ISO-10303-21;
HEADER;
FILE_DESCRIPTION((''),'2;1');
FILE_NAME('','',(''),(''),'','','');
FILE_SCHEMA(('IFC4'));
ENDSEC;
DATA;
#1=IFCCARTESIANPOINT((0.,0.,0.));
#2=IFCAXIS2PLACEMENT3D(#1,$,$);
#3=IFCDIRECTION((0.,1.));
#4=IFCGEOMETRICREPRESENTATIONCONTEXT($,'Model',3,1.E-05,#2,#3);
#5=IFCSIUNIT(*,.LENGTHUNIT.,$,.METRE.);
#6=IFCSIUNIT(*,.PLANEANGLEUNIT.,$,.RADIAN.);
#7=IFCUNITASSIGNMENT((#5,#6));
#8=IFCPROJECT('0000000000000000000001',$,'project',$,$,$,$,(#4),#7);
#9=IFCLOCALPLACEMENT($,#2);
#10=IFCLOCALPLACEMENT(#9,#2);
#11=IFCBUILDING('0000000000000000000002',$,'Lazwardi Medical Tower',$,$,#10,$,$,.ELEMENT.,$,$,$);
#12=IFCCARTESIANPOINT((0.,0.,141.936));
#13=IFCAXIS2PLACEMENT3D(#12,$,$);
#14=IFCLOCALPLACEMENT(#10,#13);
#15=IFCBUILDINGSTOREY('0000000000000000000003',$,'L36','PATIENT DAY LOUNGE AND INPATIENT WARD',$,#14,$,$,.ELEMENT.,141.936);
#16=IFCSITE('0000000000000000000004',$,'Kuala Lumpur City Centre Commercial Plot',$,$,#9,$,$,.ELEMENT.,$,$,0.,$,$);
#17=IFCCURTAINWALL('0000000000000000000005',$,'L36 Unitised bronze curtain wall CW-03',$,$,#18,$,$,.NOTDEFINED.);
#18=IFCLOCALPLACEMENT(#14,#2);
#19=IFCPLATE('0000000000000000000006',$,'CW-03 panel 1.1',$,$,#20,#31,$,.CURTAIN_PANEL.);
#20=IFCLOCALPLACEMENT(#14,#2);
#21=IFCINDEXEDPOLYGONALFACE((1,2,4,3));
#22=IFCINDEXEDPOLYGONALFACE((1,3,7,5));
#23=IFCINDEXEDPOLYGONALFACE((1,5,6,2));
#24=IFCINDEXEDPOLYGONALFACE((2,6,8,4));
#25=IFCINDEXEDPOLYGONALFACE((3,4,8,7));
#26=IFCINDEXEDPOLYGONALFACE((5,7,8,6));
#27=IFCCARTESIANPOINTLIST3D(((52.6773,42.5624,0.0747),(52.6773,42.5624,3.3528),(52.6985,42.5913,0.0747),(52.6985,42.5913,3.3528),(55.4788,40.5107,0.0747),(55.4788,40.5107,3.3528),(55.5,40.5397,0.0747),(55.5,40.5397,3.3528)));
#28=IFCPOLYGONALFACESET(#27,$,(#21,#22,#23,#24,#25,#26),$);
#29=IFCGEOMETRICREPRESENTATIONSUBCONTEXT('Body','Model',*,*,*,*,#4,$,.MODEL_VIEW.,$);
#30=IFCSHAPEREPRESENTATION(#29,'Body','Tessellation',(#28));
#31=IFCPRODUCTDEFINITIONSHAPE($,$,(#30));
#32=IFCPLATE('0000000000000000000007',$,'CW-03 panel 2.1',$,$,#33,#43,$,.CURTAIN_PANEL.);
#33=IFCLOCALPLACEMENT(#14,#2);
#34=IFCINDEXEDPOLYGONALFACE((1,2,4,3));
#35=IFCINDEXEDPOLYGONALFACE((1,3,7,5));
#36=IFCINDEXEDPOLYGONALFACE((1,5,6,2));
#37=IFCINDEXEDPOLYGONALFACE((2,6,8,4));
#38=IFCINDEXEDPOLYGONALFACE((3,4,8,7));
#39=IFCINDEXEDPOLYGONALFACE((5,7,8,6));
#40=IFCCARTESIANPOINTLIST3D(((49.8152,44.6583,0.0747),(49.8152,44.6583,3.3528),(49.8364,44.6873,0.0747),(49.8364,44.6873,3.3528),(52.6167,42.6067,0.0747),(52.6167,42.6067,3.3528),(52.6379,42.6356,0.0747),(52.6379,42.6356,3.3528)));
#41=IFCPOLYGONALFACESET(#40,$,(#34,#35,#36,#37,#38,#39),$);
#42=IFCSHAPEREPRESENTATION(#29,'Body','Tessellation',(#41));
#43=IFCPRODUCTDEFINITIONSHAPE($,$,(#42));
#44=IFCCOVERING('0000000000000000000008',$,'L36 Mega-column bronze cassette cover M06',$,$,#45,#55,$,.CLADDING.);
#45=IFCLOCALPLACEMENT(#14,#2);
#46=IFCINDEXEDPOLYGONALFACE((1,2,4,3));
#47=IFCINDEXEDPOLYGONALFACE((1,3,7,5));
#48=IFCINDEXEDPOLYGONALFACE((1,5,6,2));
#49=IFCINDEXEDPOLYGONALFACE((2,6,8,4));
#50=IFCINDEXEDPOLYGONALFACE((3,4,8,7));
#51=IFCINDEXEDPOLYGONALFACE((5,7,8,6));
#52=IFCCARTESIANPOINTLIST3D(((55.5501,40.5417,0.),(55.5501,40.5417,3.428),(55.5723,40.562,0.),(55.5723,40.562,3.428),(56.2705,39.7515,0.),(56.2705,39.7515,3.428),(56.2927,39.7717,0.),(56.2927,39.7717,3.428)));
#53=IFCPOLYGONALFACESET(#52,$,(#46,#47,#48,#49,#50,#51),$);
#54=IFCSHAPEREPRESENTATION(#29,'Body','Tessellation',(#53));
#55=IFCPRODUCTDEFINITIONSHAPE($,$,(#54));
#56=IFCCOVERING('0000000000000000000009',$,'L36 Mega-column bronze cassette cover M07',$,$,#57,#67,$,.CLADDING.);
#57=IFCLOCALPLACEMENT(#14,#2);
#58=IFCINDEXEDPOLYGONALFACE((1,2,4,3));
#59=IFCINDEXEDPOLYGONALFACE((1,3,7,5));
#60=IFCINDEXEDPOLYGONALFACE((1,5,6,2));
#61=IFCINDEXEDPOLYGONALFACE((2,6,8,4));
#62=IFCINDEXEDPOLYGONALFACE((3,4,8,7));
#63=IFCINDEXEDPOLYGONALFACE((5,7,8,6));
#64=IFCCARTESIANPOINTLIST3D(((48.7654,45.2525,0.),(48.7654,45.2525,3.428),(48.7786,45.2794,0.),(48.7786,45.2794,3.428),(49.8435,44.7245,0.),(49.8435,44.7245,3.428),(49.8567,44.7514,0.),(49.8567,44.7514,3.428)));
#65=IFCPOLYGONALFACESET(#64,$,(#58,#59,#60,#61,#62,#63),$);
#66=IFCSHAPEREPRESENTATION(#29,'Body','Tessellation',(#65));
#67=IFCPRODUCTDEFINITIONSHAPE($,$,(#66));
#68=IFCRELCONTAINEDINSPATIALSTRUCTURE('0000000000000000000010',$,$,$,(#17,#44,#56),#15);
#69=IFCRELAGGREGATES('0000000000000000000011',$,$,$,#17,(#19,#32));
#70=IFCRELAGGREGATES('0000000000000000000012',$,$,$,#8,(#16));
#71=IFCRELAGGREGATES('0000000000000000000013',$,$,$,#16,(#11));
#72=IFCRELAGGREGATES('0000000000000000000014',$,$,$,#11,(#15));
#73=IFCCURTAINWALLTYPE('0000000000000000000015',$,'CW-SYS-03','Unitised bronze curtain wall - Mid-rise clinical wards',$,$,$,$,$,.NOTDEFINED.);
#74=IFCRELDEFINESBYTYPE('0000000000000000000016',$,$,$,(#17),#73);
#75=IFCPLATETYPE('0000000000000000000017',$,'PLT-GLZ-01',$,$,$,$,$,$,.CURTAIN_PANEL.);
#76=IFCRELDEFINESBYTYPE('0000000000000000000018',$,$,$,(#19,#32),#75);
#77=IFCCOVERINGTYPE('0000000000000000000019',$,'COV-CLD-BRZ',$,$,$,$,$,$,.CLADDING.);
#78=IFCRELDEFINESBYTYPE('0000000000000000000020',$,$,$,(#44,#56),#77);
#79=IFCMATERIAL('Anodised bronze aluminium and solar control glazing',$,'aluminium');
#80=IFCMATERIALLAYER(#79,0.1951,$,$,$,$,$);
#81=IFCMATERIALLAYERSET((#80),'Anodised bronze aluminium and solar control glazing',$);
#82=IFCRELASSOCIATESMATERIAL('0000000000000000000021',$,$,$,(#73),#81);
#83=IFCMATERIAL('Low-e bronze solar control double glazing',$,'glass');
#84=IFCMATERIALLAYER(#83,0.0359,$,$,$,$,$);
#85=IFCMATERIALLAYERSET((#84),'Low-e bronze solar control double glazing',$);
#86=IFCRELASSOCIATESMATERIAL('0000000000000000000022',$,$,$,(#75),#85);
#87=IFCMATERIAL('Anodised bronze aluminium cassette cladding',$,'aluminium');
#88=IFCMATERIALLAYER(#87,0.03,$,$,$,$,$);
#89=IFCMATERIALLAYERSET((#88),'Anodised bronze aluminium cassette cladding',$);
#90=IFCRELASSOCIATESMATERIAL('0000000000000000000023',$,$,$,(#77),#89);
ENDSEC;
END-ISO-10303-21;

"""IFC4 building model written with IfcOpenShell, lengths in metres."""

from ifc_helpers import new_model, si_unit, direction, frame, origin, origin_2d, place, context, subcontext, project, spatial, rectangle, extrude, material, layer, layer_set, type_object, element, aggregate, save


model = new_model("IFC4")

# Units and contexts
model_context = context("Model", 3, precision=1e-05, world=origin(), true_north=direction((0.0, 1.0)))
body_context = subcontext(model_context, "Body", "Model", "MODEL_VIEW")
ifc_project = project(units=[si_unit("LENGTHUNIT", "METRE"), si_unit("PLANEANGLEUNIT", "RADIAN")], contexts=[model_context])

# Site, building, storey
site_placement = place(None, origin())
site = spatial("IfcSite", under=ifc_project, at=site_placement, Name="Kuala Lumpur City Centre Commercial Plot", CompositionType="ELEMENT", RefElevation=0.0)
building_placement = place(site_placement, origin())
building = spatial("IfcBuilding", under=site, at=building_placement, Name="Lazwardi Medical Tower", CompositionType="ELEMENT")
storey_placement = place(building_placement, frame((0.0, 0.0, 141.936)))
storey = spatial("IfcBuildingStorey", under=building, at=storey_placement, Name="L36", Description="PATIENT DAY LOUNGE AND INPATIENT WARD", CompositionType="ELEMENT", Elevation=141.936)

# Shared definitions
ifc_material_1 = material(Name="Anodised bronze aluminium and solar control glazing", Category="aluminium")
ifc_layer_1 = layer(ifc_material_1, 0.1951)
ifc_layer_set_1 = layer_set([ifc_layer_1], Name="Anodised bronze aluminium and solar control glazing")
curtain_wall_type = type_object("IfcCurtainWallType", Name="CW-SYS-03", Description="Unitised bronze curtain wall - Mid-rise clinical wards", PredefinedType="NOTDEFINED", material=ifc_layer_set_1)

# Curtain wall
curtain_wall_1_placement = place(storey_placement, origin())
curtain_wall_1 = element("IfcCurtainWall", 1, at=curtain_wall_1_placement, inside=storey, type_object=curtain_wall_type, Name="L36 Unitised bronze curtain wall CW-03", PredefinedType="NOTDEFINED")

# Plates
ifc_material_2 = material(Name="Low-e bronze solar control double glazing", Category="glass")
ifc_layer_2 = layer(ifc_material_2, 0.0359)
ifc_layer_set_2 = layer_set([ifc_layer_2], Name="Low-e bronze solar control double glazing")
plate_type = type_object("IfcPlateType", Name="PLT-GLZ-01", PredefinedType="CURTAIN_PANEL", material=ifc_layer_set_2)
plate_1_placement = place(storey_placement, frame((54.0886, 41.551, 0.0747), z_axis=(0.0, 0.0, 1.0), x_axis=(-0.806793, 0.590834, 0.0)))
plate_1 = element("IfcPlate", 2, at=plate_1_placement, type_object=plate_type, Name="CW-03 panel 1.1", PredefinedType="CURTAIN_PANEL", context=body_context, shape_type="SweptSolid", body=[
    extrude(rectangle(XDim=3.4724, YDim=0.0359, at=origin_2d()), origin(), (0.0, 0.0, 1.0), 3.2781),
])
plate_2_placement = place(storey_placement, frame((51.2266, 43.647, 0.0747), z_axis=(0.0, 0.0, 1.0), x_axis=(-0.806793, 0.590834, 0.0)))
plate_2 = element("IfcPlate", 3, at=plate_2_placement, type_object=plate_type, Name="CW-03 panel 2.1", PredefinedType="CURTAIN_PANEL", context=body_context, shape_type="SweptSolid", body=[
    extrude(rectangle(XDim=3.4724, YDim=0.0359, at=origin_2d()), origin(), (0.0, 0.0, 1.0), 3.2781),
])
aggregate(curtain_wall_1, [plate_1, plate_2])

# Coverings
ifc_material_3 = material(Name="Anodised bronze aluminium cassette cladding", Category="aluminium")
ifc_layer_3 = layer(ifc_material_3, 0.03)
ifc_layer_set_3 = layer_set([ifc_layer_3], Name="Anodised bronze aluminium cassette cladding")
covering_type = type_object("IfcCoveringType", Name="COV-CLD-BRZ", PredefinedType="CLADDING", material=ifc_layer_set_3)
covering_1_placement = place(storey_placement, frame((55.9214, 40.1567, 0.0), z_axis=(0.0, 0.0, 1.0), x_axis=(-0.673714, 0.738992, 0.0)))
element("IfcCovering", 4, at=covering_1_placement, inside=storey, type_object=covering_type, Name="L36 Mega-column bronze cassette cover M06", PredefinedType="CLADDING", context=body_context, shape_type="SweptSolid", body=[
    extrude(rectangle(XDim=1.0693, YDim=0.03, at=origin_2d()), origin(), (0.0, 0.0, 1.0), 3.428),
])
covering_2_placement = place(storey_placement, frame((49.311, 45.002, 0.0), z_axis=(0.0, 0.0, 1.0), x_axis=(-0.898079, 0.439834, 0.0)))
element("IfcCovering", 5, at=covering_2_placement, inside=storey, type_object=covering_type, Name="L36 Mega-column bronze cassette cover M07", PredefinedType="CLADDING", context=body_context, shape_type="SweptSolid", body=[
    extrude(rectangle(XDim=1.2004, YDim=0.03, at=origin_2d()), origin(), (0.0, 0.0, 1.0), 3.428),
])

save(model, "model.ifc")
